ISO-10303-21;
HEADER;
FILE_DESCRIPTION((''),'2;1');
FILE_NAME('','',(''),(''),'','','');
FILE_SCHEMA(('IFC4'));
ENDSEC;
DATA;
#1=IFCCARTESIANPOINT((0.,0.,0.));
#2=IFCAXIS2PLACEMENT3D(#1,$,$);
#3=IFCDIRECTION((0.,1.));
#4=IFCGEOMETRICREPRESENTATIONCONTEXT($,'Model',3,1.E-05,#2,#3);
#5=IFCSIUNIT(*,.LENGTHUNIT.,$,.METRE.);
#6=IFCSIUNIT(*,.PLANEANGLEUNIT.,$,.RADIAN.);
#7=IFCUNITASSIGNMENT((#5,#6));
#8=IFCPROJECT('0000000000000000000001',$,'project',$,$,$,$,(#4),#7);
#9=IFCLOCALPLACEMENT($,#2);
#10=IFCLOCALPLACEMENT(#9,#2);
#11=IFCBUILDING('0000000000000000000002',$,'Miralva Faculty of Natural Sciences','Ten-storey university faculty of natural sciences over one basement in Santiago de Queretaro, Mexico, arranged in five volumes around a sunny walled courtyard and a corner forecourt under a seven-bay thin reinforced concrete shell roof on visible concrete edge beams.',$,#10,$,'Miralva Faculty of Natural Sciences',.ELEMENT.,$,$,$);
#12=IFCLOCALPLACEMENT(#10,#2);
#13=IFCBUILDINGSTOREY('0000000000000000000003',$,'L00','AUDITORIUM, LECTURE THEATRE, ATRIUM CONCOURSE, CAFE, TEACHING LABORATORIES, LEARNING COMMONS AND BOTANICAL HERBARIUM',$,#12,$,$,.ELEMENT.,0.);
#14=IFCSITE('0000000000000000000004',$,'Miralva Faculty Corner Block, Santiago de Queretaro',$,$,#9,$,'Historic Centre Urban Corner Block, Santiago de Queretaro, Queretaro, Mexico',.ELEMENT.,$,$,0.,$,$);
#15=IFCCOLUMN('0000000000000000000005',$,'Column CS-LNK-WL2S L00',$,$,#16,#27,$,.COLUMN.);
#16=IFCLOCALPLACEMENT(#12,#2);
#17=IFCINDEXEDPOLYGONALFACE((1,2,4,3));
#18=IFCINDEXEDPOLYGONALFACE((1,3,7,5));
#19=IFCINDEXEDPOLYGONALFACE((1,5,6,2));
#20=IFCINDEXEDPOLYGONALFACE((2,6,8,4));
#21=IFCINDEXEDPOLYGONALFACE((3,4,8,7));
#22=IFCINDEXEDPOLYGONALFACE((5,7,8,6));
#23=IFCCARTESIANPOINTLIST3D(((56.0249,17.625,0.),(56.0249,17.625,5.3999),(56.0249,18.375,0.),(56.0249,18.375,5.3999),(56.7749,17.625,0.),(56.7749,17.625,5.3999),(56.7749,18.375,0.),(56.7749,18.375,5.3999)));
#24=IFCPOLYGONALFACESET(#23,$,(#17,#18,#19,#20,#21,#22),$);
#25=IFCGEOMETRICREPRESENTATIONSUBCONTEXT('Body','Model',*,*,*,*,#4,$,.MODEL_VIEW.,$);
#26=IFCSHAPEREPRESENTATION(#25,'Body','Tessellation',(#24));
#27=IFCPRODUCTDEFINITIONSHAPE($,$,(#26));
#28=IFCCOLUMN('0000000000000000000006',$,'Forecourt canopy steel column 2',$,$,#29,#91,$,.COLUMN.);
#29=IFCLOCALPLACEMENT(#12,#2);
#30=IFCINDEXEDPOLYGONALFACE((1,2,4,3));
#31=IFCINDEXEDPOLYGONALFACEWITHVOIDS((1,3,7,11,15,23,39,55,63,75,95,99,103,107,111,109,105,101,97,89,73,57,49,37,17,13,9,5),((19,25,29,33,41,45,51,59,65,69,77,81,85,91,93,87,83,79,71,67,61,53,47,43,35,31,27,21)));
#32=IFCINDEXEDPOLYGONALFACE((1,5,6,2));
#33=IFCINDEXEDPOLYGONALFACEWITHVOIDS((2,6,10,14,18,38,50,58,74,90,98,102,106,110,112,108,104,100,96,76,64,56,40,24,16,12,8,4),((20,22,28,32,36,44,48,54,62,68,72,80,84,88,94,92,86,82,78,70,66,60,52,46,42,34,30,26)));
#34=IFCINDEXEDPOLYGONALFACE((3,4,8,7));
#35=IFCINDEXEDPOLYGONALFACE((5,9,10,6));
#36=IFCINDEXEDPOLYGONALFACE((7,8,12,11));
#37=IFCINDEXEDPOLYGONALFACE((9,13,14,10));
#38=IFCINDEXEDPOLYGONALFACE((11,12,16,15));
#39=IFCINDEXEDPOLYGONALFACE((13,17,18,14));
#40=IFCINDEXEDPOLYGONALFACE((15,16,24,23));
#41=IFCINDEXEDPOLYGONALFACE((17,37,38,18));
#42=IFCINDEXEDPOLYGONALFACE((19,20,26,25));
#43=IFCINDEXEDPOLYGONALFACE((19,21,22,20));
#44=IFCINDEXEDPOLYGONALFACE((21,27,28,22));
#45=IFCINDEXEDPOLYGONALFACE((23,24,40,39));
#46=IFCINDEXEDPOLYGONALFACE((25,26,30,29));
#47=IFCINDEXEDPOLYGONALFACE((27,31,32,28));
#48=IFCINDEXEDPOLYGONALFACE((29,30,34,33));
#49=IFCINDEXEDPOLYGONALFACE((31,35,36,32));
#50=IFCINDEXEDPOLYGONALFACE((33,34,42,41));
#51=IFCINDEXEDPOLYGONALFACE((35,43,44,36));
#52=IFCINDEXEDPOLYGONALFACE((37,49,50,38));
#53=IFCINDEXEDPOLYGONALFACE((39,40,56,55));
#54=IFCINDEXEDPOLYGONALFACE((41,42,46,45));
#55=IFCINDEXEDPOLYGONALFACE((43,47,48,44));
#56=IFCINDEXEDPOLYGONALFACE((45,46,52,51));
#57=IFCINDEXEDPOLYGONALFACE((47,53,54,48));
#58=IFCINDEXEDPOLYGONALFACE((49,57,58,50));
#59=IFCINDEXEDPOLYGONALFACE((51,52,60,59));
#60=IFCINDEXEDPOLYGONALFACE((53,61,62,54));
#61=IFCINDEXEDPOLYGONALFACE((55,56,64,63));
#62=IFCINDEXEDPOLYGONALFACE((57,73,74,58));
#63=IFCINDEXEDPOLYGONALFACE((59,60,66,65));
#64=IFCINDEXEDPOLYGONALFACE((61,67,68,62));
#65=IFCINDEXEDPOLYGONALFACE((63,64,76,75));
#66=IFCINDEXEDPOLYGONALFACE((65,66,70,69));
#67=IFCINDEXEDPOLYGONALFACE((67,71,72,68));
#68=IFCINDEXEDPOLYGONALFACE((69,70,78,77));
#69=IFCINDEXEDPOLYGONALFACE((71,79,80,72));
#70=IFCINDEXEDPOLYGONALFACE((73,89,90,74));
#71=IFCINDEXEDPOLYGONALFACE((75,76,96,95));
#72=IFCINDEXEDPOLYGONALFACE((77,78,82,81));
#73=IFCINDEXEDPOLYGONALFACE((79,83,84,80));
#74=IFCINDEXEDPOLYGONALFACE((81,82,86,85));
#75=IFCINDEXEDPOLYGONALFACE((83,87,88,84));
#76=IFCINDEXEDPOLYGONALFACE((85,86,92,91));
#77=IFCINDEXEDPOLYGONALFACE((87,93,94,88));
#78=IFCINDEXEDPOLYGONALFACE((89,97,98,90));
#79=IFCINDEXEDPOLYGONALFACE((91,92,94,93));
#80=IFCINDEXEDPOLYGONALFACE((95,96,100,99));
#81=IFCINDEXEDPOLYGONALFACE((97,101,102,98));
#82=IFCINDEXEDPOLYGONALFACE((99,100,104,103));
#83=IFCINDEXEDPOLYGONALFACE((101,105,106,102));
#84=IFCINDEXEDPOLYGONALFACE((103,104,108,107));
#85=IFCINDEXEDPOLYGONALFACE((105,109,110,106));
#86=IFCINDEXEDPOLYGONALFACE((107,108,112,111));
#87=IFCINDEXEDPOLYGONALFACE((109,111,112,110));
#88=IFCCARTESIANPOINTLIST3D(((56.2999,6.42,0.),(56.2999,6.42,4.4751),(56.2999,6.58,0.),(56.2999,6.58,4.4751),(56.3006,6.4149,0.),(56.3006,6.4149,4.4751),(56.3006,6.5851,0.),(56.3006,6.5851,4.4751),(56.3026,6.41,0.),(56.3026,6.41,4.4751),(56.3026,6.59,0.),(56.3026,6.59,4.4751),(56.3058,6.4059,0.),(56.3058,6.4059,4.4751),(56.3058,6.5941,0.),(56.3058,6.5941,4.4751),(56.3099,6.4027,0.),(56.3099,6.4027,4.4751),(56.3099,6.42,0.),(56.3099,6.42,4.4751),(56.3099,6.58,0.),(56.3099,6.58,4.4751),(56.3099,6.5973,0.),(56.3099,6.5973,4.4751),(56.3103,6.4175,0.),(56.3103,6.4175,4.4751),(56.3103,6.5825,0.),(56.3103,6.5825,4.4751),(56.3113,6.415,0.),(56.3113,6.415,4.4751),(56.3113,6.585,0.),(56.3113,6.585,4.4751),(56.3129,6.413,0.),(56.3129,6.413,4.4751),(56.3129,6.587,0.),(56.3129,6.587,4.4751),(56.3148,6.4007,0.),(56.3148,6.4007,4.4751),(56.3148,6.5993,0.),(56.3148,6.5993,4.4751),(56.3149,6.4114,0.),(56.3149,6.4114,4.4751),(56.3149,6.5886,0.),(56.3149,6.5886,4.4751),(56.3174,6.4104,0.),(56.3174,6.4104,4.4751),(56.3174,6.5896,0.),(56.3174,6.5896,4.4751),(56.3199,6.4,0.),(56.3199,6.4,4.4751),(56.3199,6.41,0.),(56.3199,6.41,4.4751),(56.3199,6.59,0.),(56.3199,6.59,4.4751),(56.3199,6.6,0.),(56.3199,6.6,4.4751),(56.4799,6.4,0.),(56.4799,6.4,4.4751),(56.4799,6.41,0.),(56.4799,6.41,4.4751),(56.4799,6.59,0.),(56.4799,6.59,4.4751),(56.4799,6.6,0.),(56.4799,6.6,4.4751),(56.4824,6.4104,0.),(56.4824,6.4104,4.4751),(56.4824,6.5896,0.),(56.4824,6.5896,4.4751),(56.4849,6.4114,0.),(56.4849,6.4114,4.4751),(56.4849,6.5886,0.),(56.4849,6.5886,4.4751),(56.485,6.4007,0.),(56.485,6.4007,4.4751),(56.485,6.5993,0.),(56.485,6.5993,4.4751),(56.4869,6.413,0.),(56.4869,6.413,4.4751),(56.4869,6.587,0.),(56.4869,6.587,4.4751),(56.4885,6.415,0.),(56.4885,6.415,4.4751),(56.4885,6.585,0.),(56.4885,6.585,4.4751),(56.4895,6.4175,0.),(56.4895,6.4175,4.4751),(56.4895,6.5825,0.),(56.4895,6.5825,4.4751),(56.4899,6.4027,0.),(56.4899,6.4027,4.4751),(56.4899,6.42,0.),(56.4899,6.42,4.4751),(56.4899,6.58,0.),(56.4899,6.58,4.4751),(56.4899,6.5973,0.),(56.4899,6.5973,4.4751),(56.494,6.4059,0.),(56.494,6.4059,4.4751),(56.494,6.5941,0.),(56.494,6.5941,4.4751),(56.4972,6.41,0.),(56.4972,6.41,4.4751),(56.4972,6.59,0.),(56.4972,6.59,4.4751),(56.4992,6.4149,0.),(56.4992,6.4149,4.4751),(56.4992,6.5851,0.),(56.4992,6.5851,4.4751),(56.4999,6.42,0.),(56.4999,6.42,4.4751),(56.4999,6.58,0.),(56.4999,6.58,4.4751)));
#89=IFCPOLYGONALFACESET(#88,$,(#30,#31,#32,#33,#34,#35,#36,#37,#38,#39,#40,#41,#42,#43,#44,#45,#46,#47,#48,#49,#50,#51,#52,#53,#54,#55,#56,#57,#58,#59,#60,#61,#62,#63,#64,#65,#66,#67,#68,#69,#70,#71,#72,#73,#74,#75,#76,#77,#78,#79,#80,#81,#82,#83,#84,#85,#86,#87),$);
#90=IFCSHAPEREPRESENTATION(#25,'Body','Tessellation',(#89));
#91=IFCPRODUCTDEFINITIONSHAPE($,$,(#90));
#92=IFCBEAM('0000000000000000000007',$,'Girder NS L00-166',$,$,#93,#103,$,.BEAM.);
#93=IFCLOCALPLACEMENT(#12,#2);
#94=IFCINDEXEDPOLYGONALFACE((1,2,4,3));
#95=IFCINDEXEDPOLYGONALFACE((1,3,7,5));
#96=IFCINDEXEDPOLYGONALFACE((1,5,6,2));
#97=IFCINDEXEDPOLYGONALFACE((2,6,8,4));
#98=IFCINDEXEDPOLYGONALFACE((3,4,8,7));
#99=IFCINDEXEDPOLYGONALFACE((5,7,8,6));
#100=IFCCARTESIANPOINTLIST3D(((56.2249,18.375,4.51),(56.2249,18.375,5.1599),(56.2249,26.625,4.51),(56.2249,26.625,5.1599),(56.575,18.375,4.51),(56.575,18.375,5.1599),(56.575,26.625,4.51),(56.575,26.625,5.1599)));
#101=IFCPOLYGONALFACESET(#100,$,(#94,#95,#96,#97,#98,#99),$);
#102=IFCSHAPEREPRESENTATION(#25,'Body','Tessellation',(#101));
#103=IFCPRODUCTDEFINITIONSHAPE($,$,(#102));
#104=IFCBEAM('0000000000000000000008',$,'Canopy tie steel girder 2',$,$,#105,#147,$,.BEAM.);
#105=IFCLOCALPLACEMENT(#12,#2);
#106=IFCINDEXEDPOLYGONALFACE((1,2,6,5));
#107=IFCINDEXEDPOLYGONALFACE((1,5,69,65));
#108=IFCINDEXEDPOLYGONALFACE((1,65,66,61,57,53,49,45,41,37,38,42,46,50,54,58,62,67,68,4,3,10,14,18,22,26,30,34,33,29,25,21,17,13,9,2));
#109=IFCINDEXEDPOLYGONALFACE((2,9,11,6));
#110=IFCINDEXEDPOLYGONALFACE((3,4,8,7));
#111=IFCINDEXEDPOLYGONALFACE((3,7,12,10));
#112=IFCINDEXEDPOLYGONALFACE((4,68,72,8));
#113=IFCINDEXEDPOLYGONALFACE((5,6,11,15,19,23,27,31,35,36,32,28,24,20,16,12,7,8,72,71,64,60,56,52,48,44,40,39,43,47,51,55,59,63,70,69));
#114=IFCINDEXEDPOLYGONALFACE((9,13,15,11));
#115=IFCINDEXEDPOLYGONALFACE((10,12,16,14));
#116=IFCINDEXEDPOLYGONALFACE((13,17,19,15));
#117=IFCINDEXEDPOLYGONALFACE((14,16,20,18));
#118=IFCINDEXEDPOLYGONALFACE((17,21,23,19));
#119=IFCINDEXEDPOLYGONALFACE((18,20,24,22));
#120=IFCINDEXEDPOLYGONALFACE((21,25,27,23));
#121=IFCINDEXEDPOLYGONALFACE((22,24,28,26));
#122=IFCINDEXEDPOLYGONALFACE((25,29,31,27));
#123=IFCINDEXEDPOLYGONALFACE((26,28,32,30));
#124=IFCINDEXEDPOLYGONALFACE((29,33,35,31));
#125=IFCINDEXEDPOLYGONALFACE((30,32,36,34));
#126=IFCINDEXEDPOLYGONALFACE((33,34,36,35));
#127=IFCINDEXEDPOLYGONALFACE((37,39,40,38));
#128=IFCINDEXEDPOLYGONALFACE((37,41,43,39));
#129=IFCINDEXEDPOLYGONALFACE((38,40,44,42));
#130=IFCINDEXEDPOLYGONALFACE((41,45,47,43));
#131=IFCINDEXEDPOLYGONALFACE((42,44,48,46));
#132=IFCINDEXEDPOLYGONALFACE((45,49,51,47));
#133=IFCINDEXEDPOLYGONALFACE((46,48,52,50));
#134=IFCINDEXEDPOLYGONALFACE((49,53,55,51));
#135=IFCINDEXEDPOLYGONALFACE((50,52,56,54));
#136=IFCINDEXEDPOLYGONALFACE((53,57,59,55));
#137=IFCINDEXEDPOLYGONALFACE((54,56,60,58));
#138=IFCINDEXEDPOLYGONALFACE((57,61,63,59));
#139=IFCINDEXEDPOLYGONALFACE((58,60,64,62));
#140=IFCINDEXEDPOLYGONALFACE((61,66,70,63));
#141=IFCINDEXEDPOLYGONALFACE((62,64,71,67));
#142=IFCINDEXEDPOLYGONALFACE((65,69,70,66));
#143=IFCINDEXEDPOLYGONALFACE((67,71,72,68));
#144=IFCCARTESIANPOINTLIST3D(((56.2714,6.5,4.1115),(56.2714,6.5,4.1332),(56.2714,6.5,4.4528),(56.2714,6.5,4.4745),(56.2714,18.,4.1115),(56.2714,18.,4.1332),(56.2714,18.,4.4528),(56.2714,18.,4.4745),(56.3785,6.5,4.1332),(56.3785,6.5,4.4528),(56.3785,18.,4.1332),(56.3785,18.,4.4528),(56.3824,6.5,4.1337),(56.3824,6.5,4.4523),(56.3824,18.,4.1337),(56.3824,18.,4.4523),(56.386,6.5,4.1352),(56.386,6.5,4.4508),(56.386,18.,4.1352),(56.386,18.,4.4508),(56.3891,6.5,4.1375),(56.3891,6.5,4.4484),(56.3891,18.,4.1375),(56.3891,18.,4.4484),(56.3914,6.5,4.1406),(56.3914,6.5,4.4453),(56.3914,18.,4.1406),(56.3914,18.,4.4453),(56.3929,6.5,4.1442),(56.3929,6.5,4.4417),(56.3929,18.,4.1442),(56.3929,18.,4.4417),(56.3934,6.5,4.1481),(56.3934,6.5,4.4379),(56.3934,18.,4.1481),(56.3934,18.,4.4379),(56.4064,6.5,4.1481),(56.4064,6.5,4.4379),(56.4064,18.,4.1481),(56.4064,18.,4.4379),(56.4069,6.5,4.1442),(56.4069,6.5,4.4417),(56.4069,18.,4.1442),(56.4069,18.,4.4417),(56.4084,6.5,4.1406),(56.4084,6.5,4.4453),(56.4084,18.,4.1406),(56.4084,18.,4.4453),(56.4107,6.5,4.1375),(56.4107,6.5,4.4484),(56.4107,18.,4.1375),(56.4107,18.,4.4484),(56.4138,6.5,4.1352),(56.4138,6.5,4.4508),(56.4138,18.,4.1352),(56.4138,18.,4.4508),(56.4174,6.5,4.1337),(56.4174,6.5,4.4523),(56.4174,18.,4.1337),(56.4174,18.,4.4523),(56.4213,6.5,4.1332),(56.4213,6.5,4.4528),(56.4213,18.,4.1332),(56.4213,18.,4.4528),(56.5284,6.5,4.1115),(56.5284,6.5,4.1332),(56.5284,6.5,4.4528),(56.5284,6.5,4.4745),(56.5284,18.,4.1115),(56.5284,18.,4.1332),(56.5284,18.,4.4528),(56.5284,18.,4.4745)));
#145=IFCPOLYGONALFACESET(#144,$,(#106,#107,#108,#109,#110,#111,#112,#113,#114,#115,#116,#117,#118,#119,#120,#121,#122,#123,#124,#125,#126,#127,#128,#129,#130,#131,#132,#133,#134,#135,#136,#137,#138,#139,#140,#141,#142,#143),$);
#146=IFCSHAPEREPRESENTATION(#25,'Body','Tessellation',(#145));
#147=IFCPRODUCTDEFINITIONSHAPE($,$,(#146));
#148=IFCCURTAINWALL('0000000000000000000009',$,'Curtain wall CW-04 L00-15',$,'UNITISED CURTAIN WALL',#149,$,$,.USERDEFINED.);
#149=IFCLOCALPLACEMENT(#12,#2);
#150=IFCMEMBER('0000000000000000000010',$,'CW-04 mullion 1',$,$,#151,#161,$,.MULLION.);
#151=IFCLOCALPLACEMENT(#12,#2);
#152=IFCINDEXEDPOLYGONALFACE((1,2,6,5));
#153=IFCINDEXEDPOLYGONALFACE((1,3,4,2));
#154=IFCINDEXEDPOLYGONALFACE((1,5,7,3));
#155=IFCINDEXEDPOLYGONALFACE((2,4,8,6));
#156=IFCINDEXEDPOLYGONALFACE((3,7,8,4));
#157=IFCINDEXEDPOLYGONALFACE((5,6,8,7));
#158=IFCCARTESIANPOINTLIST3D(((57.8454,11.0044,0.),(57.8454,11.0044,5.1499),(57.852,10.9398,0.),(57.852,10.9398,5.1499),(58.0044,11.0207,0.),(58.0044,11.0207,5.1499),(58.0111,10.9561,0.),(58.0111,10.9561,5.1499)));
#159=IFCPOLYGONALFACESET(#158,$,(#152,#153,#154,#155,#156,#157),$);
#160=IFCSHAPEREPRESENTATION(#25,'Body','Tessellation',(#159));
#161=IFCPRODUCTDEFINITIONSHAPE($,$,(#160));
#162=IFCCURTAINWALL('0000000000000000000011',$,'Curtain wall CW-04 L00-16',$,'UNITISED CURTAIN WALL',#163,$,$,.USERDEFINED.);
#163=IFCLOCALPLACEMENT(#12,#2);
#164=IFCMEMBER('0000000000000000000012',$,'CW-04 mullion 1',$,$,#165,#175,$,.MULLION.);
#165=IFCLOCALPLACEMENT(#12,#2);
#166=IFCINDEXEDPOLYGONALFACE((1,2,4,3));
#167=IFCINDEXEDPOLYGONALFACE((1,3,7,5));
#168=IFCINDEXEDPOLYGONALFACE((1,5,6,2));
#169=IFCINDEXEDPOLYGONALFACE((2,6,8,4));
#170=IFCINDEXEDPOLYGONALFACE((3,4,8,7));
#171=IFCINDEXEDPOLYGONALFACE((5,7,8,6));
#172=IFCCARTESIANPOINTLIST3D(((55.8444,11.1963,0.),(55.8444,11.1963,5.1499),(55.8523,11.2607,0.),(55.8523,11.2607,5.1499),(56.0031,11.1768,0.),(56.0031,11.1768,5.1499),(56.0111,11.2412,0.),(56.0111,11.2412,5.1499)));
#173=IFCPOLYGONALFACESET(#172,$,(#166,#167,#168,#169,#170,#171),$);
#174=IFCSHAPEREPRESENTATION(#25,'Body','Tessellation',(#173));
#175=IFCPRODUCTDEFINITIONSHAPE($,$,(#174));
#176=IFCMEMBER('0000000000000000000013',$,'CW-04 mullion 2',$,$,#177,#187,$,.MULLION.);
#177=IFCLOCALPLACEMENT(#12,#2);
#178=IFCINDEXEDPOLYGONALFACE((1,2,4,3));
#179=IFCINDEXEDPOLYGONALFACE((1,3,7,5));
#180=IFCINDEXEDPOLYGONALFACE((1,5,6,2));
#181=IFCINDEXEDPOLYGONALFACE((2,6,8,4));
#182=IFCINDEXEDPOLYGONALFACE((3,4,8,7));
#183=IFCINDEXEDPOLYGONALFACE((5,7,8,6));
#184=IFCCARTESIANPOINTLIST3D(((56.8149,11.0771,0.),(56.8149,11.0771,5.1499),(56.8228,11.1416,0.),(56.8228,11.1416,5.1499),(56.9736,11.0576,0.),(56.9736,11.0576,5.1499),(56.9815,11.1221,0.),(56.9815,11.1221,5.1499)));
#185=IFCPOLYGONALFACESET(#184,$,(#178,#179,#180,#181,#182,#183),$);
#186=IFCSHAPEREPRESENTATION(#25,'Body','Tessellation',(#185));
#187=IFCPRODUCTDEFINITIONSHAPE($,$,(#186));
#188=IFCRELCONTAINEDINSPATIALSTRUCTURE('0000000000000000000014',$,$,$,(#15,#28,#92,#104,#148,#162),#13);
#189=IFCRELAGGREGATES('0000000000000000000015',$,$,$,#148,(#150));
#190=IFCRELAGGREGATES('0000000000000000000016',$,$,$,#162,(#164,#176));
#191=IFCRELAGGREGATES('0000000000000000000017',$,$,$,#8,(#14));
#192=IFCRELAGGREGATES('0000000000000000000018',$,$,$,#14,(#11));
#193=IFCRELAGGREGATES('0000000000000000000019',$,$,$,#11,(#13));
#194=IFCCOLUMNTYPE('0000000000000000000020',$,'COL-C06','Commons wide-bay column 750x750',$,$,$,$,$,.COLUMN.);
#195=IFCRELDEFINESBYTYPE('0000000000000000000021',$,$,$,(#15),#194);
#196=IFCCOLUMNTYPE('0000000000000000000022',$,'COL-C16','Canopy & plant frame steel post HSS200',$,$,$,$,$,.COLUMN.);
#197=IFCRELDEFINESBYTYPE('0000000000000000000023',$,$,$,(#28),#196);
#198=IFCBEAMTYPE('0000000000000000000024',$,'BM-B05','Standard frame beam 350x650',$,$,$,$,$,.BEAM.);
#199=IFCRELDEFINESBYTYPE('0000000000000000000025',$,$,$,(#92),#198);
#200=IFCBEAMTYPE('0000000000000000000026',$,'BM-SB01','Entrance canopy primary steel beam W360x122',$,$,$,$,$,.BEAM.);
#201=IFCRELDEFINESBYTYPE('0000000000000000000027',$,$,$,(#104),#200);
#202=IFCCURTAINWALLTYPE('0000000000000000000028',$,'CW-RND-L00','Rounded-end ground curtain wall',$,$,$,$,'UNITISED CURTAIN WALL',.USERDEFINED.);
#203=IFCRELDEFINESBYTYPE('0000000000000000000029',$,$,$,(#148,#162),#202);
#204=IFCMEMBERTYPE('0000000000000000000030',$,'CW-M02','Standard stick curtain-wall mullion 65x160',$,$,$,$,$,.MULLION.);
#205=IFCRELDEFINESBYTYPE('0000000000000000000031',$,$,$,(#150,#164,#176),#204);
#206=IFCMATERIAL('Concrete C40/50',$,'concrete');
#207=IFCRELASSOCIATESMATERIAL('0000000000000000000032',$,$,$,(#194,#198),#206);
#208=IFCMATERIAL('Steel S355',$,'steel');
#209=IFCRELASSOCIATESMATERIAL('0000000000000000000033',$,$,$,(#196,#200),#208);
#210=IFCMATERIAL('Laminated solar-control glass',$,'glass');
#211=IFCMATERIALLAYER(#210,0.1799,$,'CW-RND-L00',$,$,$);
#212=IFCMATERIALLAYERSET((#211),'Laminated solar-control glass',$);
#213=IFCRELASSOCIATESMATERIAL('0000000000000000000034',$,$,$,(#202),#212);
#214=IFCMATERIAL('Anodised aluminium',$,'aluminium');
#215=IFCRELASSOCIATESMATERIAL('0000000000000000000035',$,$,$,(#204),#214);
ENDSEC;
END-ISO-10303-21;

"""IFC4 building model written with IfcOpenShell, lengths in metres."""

from ifc_helpers import new_model, si_unit, direction, frame, origin, origin_2d, place, context, subcontext, project, spatial, rectangle, hollow_rectangle, i_section, extrude, material, layer, layer_set, material_profile, profile_set, type_object, element, aggregate, save


model = new_model("IFC4")

# Units and contexts
model_context = context("Model", 3, precision=1e-05, world=origin(), true_north=direction((0.0, 1.0)))
body_context = subcontext(model_context, "Body", "Model", "MODEL_VIEW")
ifc_project = project(units=[si_unit("LENGTHUNIT", "METRE"), si_unit("PLANEANGLEUNIT", "RADIAN")], contexts=[model_context])

# Site, building, storey
site_placement = place(None, origin())
site = spatial("IfcSite", under=ifc_project, at=site_placement, Name="Miralva Faculty Corner Block, Santiago de Queretaro", LongName="Historic Centre Urban Corner Block, Santiago de Queretaro, Queretaro, Mexico", CompositionType="ELEMENT", RefElevation=0.0)
building_placement = place(site_placement, origin())
building = spatial("IfcBuilding", under=site, at=building_placement, Name="Miralva Faculty of Natural Sciences", Description="Ten-storey university faculty of natural sciences over one basement in Santiago de Queretaro, Mexico, arranged in five volumes around a sunny walled courtyard and a corner forecourt under a seven-bay thin reinforced concrete shell roof on visible concrete edge beams.", LongName="Miralva Faculty of Natural Sciences", CompositionType="ELEMENT")
storey_placement = place(building_placement, origin())
storey = spatial("IfcBuildingStorey", under=building, at=storey_placement, Name="L00", Description="AUDITORIUM, LECTURE THEATRE, ATRIUM CONCOURSE, CAFE, TEACHING LABORATORIES, LEARNING COMMONS AND BOTANICAL HERBARIUM", CompositionType="ELEMENT", Elevation=0.0)

# Columns
ifc_material_1 = material(Name="Concrete C40/50", Category="concrete")
ifc_material_profile_1 = material_profile(ifc_material_1, rectangle(XDim=0.75, YDim=0.75, at=origin_2d()), Name="RC 750x750")
ifc_profile_set_1 = profile_set([ifc_material_profile_1], Name="Concrete C40/50")
column_type_1 = type_object("IfcColumnType", Name="COL-C06", Description="Commons wide-bay column 750x750", PredefinedType="COLUMN", material=ifc_profile_set_1)
column_1_placement = place(storey_placement, frame((56.3999, 18.0, 0.0), z_axis=(0.0, 0.0, 1.0), x_axis=(1.0, 0.0, 0.0)))
element("IfcColumn", 1, at=column_1_placement, inside=storey, type_object=column_type_1, Name="Column CS-LNK-WL2S L00", PredefinedType="COLUMN", context=body_context, shape_type="SweptSolid", body=[
    extrude(rectangle(XDim=0.75, YDim=0.75, at=origin_2d()), origin(), (0.0, 0.0, 1.0), 5.3999),
])
ifc_material_2 = material(Name="Steel S355", Category="steel")
ifc_material_profile_2 = material_profile(ifc_material_2, hollow_rectangle(XDim=0.2, YDim=0.2, WallThickness=0.01, InnerFilletRadius=0.01, OuterFilletRadius=0.02, at=origin_2d()), Name="HSS 200x200x10")
ifc_profile_set_2 = profile_set([ifc_material_profile_2], Name="Steel S355")
column_type_2 = type_object("IfcColumnType", Name="COL-C16", Description="Canopy & plant frame steel post HSS200", PredefinedType="COLUMN", material=ifc_profile_set_2)
column_2_placement = place(storey_placement, frame((56.3999, 6.5, 0.0), z_axis=(0.0, 0.0, 1.0), x_axis=(1.0, 0.0, 0.0)))
element("IfcColumn", 2, at=column_2_placement, inside=storey, type_object=column_type_2, Name="Forecourt canopy steel column 2", PredefinedType="COLUMN", context=body_context, shape_type="SweptSolid", body=[
    extrude(hollow_rectangle(XDim=0.2, YDim=0.2, WallThickness=0.01, InnerFilletRadius=0.01, OuterFilletRadius=0.02, at=origin_2d()), origin(), (0.0, 0.0, 1.0), 4.4751),
])

# Beams
ifc_material_profile_3 = material_profile(ifc_material_1, rectangle(XDim=0.3501, YDim=0.6499, at=origin_2d()), Name="RC 350x650")
ifc_profile_set_3 = profile_set([ifc_material_profile_3], Name="Concrete C40/50")
beam_type_1 = type_object("IfcBeamType", Name="BM-B05", Description="Standard frame beam 350x650", PredefinedType="BEAM", material=ifc_profile_set_3)
beam_1_placement = place(storey_placement, frame((56.3999, 18.375, 4.835), z_axis=(0.0, 1.0, 0.0), x_axis=(-1.0, 0.0, 0.0)))
element("IfcBeam", 3, at=beam_1_placement, inside=storey, type_object=beam_type_1, Name="Girder NS L00-166", PredefinedType="BEAM", context=body_context, shape_type="SweptSolid", body=[
    extrude(rectangle(XDim=0.3501, YDim=0.6499, at=origin_2d()), origin(), (0.0, 0.0, 1.0), 8.25),
])
ifc_material_profile_4 = material_profile(ifc_material_2, i_section(OverallWidth=0.2571, OverallDepth=0.363, WebThickness=0.0129, FlangeThickness=0.0217, FilletRadius=0.0149, at=origin_2d()), Name="W360x122")
ifc_profile_set_4 = profile_set([ifc_material_profile_4], Name="Steel S355")
beam_type_2 = type_object("IfcBeamType", Name="BM-SB01", Description="Entrance canopy primary steel beam W360x122", PredefinedType="BEAM", material=ifc_profile_set_4)
beam_2_placement = place(storey_placement, frame((56.3999, 6.5, 4.293), z_axis=(0.0, 1.0, 0.0), x_axis=(-1.0, 0.0, 0.0)))
element("IfcBeam", 4, at=beam_2_placement, inside=storey, type_object=beam_type_2, Name="Canopy tie steel girder 2", PredefinedType="BEAM", context=body_context, shape_type="SweptSolid", body=[
    extrude(i_section(OverallWidth=0.2571, OverallDepth=0.363, WebThickness=0.0129, FlangeThickness=0.0217, FilletRadius=0.0149, at=origin_2d()), origin(), (0.0, 0.0, 1.0), 11.5),
])

# Curtain wall, member
ifc_material_3 = material(Name="Laminated solar-control glass", Category="glass")
ifc_layer_1 = layer(ifc_material_3, 0.1799, Name="CW-RND-L00")
ifc_layer_set_1 = layer_set([ifc_layer_1], Name="Laminated solar-control glass")
curtain_wall_type = type_object("IfcCurtainWallType", Name="CW-RND-L00", Description="Rounded-end ground curtain wall", ElementType="UNITISED CURTAIN WALL", PredefinedType="USERDEFINED", material=ifc_layer_set_1)
curtain_wall_1_placement = place(storey_placement, origin())
curtain_wall_1 = element("IfcCurtainWall", 5, at=curtain_wall_1_placement, inside=storey, type_object=curtain_wall_type, Name="Curtain wall CW-04 L00-15", ObjectType="UNITISED CURTAIN WALL", PredefinedType="USERDEFINED")
ifc_material_4 = material(Name="Anodised aluminium", Category="aluminium")
ifc_material_profile_5 = material_profile(ifc_material_4, rectangle(XDim=0.0649, YDim=0.1599, at=origin_2d()), Name="MULLION 65x160")
ifc_profile_set_5 = profile_set([ifc_material_profile_5], Name="Anodised aluminium")
member_type_1 = type_object("IfcMemberType", Name="CW-M02", Description="Standard stick curtain-wall mullion 65x160", PredefinedType="MULLION", material=ifc_profile_set_5)
member_1_placement = place(storey_placement, frame((57.9282, 10.9802, 0.0), z_axis=(0.0, 0.0, 1.0), x_axis=(-0.102056, 0.994779, 0.0)))
member_1 = element("IfcMember", 6, at=member_1_placement, type_object=member_type_1, Name="CW-04 mullion 1", PredefinedType="MULLION", context=body_context, shape_type="SweptSolid", body=[
    extrude(rectangle(XDim=0.0649, YDim=0.1599, at=origin_2d()), origin(), (0.0, 0.0, 1.0), 5.1499),
])
aggregate(curtain_wall_1, [member_1])

# Curtain wall, members
curtain_wall_2_placement = place(storey_placement, origin())
curtain_wall_2 = element("IfcCurtainWall", 7, at=curtain_wall_2_placement, inside=storey, type_object=curtain_wall_type, Name="Curtain wall CW-04 L00-16", ObjectType="UNITISED CURTAIN WALL", PredefinedType="USERDEFINED")
member_2_placement = place(storey_placement, frame((55.9277, 11.2188, 0.0), z_axis=(0.0, 0.0, 1.0), x_axis=(0.12186, 0.992547, 0.0)))
member_2 = element("IfcMember", 8, at=member_2_placement, type_object=member_type_1, Name="CW-04 mullion 1", PredefinedType="MULLION", context=body_context, shape_type="SweptSolid", body=[
    extrude(rectangle(XDim=0.0649, YDim=0.1599, at=origin_2d()), origin(), (0.0, 0.0, 1.0), 5.1499),
])
member_3_placement = place(storey_placement, frame((56.8982, 11.0996, 0.0), z_axis=(0.0, 0.0, 1.0), x_axis=(0.12186, 0.992547, 0.0)))
member_3 = element("IfcMember", 9, at=member_3_placement, type_object=member_type_1, Name="CW-04 mullion 2", PredefinedType="MULLION", context=body_context, shape_type="SweptSolid", body=[
    extrude(rectangle(XDim=0.0649, YDim=0.1599, at=origin_2d()), origin(), (0.0, 0.0, 1.0), 5.1499),
])

aggregate(curtain_wall_2, [member_2, member_3])

save(model, "model.ifc")
